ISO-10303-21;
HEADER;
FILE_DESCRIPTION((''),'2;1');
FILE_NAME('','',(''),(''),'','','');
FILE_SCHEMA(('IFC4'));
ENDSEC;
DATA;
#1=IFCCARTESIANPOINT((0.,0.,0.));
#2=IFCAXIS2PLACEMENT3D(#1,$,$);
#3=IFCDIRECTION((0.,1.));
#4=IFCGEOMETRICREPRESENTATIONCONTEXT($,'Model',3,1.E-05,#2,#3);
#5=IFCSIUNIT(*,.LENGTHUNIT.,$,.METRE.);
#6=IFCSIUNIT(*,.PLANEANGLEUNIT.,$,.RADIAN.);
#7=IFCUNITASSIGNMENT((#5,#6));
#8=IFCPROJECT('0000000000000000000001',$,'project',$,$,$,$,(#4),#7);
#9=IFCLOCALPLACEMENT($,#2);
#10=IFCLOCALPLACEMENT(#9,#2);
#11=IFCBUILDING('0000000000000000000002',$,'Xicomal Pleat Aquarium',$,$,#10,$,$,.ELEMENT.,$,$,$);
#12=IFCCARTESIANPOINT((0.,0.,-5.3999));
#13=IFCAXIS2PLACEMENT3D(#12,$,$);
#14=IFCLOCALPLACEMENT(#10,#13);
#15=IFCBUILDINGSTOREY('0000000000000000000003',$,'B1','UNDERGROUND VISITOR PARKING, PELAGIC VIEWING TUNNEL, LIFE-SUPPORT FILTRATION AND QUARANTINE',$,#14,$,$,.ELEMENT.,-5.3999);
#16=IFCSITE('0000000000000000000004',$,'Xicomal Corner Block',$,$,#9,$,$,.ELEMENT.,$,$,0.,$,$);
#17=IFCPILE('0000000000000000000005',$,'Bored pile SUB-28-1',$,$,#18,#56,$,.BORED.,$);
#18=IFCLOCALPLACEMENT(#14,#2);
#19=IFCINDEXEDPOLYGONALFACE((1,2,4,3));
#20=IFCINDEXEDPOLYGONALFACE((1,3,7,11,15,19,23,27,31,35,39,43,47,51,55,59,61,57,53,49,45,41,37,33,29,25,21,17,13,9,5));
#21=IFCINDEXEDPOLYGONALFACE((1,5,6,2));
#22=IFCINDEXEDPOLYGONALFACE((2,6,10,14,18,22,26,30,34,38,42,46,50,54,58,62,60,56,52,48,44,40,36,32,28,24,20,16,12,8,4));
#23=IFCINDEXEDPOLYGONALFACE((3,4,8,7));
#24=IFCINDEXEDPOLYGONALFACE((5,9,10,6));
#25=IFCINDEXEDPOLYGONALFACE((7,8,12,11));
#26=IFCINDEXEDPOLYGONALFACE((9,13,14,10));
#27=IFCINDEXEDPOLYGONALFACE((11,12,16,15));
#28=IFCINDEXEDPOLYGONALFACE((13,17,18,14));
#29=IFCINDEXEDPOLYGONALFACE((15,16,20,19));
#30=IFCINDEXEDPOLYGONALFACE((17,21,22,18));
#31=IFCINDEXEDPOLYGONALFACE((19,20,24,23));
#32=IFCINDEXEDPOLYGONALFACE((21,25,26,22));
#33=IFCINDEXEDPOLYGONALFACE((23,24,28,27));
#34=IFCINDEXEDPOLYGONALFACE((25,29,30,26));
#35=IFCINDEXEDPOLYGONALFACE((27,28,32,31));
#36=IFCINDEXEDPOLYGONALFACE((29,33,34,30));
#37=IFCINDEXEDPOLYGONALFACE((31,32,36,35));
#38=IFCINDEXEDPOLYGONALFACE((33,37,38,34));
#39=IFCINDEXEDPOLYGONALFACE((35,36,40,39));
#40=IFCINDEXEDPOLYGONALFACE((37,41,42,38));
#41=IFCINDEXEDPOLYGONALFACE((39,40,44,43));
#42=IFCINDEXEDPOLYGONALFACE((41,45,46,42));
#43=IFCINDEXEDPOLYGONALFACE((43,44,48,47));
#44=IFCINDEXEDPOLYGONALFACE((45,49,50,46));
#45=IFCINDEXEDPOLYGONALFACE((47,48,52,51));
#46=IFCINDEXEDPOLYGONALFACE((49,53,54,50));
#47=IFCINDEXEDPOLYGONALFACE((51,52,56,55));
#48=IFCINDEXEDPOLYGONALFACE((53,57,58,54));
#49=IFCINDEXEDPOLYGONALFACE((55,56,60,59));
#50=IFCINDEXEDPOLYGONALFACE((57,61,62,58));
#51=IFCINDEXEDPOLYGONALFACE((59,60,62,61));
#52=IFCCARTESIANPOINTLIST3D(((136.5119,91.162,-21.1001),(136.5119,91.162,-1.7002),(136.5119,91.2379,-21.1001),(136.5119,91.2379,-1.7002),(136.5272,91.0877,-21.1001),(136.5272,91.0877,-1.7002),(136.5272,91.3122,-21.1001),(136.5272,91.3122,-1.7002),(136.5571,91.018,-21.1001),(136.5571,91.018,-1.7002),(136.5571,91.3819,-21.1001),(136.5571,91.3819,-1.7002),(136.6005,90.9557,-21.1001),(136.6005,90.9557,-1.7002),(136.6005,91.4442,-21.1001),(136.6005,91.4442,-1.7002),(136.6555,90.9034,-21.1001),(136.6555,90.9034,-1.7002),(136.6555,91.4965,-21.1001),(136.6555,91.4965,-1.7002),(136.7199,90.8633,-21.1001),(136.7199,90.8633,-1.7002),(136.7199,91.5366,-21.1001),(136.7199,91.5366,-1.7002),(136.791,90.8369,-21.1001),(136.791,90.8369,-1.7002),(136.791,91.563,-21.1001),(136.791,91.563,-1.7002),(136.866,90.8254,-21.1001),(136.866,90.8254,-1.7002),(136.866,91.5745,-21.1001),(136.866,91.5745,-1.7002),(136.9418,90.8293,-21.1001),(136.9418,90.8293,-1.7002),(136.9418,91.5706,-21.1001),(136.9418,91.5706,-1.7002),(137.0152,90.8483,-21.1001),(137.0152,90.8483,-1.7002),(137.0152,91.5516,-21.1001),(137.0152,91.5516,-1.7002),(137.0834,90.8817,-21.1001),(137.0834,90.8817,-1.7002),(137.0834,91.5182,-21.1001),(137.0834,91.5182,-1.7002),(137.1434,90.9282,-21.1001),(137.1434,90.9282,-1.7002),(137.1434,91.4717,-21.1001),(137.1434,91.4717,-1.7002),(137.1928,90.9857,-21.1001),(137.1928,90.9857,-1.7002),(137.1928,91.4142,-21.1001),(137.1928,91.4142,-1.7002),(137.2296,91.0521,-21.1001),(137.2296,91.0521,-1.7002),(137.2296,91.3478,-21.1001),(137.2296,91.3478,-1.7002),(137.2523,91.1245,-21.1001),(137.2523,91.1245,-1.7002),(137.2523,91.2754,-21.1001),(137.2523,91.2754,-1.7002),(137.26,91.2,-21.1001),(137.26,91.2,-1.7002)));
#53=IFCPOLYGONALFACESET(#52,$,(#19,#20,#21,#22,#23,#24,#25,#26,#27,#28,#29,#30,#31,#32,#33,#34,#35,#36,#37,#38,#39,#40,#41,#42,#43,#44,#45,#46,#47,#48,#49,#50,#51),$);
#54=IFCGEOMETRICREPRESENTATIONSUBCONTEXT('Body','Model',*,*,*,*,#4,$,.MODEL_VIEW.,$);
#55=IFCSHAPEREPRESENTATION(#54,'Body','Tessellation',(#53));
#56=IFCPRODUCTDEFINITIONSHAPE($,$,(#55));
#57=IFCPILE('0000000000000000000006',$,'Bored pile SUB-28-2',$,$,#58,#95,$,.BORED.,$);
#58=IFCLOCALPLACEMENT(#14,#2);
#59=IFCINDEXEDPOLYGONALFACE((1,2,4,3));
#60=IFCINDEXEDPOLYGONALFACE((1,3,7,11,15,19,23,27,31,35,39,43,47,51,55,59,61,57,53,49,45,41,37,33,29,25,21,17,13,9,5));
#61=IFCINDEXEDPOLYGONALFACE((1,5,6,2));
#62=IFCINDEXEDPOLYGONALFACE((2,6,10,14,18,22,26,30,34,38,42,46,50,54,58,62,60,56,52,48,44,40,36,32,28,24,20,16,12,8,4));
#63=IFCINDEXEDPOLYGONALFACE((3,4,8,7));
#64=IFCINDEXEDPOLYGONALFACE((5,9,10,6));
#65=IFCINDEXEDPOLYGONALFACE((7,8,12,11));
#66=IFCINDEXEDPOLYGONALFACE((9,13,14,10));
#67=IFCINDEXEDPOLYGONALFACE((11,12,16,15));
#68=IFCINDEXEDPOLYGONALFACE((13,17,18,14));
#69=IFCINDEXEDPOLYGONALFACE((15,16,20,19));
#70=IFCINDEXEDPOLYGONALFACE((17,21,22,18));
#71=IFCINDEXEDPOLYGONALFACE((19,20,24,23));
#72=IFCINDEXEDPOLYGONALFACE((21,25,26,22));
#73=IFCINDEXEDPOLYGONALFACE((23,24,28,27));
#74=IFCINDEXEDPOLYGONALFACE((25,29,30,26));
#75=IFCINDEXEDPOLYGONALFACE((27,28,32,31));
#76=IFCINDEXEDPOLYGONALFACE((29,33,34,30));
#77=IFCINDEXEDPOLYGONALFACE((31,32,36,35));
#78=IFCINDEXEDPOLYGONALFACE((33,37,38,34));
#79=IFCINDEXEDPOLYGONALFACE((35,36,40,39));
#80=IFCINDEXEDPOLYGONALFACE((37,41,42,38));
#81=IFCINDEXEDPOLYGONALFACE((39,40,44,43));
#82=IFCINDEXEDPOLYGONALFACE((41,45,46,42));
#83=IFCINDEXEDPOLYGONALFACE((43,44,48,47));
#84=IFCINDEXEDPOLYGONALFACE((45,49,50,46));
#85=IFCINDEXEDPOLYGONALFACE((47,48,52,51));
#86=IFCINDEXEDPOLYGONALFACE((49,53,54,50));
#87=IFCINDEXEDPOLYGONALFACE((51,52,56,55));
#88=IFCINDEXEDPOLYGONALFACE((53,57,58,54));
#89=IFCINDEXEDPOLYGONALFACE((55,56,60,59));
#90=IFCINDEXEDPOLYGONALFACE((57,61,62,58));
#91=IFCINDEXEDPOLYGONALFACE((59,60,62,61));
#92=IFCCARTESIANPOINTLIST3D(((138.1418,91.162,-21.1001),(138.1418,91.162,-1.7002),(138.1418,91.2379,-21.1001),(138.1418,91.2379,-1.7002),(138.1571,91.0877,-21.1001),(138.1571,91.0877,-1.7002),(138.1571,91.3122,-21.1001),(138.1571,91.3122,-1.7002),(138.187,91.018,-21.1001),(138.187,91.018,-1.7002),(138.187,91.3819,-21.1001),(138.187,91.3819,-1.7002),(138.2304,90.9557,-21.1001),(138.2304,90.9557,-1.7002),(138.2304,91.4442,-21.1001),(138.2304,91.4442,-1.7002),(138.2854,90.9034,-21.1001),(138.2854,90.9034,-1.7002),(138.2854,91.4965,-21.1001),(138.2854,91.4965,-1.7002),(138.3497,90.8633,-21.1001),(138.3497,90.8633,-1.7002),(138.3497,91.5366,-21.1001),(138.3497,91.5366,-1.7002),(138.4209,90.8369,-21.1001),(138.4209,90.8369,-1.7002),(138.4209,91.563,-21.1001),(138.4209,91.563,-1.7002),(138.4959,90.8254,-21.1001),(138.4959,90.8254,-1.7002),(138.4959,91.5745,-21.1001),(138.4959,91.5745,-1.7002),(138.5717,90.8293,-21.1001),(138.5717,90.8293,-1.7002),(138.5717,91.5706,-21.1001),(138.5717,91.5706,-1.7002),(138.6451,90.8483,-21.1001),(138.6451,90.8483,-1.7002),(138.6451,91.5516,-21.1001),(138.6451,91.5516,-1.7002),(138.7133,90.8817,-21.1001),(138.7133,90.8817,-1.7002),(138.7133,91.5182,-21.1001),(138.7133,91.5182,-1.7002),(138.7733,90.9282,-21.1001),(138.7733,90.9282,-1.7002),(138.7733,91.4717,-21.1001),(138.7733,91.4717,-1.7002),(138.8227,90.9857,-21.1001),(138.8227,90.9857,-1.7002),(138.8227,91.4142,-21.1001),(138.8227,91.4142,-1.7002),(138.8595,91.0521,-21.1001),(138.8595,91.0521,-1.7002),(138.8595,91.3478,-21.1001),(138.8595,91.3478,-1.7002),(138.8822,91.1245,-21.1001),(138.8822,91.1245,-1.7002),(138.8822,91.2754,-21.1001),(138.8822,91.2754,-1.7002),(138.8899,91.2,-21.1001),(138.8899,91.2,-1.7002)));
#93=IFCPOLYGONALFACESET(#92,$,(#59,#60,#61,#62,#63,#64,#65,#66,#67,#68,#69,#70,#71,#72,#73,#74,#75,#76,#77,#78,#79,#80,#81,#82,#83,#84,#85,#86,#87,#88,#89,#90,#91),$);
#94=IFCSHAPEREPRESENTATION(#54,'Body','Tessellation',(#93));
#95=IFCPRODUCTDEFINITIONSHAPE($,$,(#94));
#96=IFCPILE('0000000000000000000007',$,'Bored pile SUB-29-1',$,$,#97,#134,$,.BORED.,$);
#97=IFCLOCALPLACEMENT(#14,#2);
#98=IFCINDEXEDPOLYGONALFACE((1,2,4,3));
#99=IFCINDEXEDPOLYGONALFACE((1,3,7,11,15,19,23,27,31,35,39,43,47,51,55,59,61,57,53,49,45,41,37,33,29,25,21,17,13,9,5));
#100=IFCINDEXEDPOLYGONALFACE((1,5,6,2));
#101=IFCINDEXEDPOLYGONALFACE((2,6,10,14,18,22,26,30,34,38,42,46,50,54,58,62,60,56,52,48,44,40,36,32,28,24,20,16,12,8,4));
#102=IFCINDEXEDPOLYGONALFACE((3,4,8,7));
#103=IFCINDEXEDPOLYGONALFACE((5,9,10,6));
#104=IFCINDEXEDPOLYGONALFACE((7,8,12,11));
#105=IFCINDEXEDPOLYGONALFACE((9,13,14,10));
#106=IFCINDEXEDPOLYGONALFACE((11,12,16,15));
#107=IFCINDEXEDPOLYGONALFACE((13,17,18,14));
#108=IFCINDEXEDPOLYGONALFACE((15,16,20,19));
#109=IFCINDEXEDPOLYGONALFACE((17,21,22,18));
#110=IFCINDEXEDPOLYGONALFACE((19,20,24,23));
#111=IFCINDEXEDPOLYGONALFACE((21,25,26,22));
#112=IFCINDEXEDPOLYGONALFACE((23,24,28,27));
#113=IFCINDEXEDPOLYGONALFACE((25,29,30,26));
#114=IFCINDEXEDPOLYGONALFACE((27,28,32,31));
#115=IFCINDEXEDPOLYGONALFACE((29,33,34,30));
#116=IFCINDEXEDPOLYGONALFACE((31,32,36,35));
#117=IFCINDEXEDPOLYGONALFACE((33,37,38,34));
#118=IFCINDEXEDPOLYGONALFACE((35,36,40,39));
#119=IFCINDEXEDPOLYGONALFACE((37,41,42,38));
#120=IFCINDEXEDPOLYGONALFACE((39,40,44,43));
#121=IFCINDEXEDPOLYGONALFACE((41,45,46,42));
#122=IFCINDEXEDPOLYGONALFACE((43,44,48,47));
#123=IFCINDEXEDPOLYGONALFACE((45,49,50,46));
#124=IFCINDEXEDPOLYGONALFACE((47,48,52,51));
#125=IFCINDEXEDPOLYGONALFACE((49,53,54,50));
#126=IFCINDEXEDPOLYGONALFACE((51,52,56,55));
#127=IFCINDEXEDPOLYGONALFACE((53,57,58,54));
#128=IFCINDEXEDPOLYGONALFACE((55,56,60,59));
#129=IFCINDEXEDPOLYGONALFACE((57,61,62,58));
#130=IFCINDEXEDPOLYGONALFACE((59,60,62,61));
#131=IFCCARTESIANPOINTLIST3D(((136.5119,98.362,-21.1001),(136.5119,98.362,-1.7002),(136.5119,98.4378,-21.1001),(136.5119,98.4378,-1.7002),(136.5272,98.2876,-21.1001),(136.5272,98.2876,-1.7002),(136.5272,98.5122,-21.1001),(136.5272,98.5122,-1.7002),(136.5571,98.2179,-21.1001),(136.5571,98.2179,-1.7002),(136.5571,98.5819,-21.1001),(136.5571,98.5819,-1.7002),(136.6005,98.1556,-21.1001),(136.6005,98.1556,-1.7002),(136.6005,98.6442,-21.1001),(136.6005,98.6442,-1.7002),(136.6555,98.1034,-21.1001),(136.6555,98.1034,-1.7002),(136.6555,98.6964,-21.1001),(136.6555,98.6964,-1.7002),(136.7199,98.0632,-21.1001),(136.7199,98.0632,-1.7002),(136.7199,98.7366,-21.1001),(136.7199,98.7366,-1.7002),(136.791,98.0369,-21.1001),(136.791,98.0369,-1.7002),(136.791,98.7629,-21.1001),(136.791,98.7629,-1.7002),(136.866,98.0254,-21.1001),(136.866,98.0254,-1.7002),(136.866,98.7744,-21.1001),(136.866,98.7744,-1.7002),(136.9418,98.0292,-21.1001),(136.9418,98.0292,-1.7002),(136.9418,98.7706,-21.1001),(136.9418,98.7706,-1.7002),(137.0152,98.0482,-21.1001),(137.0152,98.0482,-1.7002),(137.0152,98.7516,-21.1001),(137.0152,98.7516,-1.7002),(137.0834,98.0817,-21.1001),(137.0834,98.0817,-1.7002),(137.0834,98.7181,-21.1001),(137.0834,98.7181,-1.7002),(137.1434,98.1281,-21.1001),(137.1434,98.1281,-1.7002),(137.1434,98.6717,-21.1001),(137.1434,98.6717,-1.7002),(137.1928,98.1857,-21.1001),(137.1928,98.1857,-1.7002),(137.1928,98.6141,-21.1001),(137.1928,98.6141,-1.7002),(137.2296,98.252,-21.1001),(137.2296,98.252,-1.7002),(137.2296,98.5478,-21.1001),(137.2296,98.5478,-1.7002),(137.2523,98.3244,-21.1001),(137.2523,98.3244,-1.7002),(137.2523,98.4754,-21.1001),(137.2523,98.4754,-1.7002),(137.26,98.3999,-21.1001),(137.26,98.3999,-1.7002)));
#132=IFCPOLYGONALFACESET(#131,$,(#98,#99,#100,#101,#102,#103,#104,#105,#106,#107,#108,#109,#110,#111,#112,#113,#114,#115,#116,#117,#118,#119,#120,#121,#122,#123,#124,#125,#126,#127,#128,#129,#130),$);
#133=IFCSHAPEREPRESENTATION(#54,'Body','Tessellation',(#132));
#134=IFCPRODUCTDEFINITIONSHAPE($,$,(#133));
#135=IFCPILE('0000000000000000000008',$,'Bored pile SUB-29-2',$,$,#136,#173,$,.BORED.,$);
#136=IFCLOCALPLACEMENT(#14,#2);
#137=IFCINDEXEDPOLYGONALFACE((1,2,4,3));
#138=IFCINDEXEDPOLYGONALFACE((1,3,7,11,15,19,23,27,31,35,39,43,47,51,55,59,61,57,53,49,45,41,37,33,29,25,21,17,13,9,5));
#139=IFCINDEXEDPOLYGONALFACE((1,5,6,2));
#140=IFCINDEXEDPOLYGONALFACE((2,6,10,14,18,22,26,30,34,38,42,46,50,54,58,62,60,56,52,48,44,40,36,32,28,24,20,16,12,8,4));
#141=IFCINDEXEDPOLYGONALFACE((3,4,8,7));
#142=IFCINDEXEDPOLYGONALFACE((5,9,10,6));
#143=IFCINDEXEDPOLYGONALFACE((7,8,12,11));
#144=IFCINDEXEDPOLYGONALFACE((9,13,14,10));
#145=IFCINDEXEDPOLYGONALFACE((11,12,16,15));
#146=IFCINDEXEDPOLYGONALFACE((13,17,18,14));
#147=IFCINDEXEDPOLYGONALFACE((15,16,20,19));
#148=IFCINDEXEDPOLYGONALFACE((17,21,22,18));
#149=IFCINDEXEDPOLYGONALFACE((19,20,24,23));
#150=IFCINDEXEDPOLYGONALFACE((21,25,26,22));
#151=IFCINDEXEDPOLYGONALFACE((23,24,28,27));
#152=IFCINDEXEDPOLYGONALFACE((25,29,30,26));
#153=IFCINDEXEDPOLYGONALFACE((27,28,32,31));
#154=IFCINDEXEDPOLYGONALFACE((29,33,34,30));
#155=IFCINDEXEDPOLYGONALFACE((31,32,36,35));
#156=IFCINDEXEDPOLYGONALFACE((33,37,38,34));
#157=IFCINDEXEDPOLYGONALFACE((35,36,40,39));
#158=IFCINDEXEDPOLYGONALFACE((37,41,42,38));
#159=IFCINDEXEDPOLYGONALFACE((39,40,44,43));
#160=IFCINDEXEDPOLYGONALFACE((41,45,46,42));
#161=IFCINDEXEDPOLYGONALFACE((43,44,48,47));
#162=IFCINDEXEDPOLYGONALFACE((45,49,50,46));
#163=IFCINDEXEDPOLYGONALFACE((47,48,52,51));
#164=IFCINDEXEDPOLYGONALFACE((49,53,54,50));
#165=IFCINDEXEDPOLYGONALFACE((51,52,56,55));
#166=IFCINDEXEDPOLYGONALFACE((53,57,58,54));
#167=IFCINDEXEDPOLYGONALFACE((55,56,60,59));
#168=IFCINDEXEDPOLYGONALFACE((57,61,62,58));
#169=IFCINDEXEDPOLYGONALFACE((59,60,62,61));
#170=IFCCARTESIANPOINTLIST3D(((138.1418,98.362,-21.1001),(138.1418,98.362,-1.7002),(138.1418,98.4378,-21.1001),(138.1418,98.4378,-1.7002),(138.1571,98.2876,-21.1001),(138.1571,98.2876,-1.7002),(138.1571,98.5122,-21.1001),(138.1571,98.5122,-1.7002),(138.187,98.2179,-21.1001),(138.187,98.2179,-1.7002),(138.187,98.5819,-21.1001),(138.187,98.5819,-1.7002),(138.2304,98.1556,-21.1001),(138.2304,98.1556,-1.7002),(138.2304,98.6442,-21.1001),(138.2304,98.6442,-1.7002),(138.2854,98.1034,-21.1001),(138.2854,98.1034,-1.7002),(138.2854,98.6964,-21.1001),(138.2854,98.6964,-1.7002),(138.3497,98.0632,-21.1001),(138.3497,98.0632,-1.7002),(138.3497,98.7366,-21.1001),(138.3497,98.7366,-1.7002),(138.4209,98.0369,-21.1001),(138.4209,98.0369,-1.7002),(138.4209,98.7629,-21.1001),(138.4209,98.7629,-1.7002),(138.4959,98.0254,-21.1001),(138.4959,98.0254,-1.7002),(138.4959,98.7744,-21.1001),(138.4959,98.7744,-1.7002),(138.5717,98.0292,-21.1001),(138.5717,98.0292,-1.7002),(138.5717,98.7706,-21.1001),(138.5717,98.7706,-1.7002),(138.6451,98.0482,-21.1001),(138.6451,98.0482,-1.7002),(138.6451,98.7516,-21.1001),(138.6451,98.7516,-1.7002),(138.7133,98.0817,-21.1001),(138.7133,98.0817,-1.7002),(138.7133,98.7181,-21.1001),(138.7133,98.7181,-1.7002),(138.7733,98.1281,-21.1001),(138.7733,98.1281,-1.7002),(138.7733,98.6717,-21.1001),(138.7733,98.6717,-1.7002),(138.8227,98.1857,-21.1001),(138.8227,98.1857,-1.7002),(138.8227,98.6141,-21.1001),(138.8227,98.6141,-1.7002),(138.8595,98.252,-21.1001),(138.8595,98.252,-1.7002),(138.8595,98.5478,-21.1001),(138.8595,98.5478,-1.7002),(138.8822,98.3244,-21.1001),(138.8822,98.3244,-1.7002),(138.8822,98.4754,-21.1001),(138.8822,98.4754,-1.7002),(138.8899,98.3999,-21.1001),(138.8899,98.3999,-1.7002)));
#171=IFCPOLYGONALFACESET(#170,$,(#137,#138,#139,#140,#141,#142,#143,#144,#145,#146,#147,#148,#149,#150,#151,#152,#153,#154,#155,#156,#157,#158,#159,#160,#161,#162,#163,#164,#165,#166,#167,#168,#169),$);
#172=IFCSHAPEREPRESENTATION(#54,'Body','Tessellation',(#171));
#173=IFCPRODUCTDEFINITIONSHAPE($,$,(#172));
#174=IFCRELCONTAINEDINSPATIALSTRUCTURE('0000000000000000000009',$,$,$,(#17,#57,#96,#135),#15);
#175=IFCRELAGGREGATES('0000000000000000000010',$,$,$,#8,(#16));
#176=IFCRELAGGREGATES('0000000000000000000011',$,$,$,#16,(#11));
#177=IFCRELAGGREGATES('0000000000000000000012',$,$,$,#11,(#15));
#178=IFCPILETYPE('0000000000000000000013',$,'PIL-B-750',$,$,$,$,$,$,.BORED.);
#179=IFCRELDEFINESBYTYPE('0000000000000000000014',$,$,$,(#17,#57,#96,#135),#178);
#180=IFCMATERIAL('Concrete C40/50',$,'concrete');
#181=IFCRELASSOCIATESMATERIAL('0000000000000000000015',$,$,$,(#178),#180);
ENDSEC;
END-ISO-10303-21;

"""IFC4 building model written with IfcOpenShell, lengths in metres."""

from ifc_helpers import new_model, si_unit, direction, frame, origin, origin_2d, place, context, subcontext, project, spatial, circle, extrude, material, material_profile, profile_set, type_object, element, save


model = new_model("IFC4")

# Units and contexts
model_context = context("Model", 3, precision=1e-05, world=origin(), true_north=direction((0.0, 1.0)))
body_context = subcontext(model_context, "Body", "Model", "MODEL_VIEW")
ifc_project = project(units=[si_unit("LENGTHUNIT", "METRE"), si_unit("PLANEANGLEUNIT", "RADIAN")], contexts=[model_context])

# Site, building, storey
site_placement = place(None, origin())
site = spatial("IfcSite", under=ifc_project, at=site_placement, Name="Xicomal Corner Block", CompositionType="ELEMENT", RefElevation=0.0)
building_placement = place(site_placement, origin())
building = spatial("IfcBuilding", under=site, at=building_placement, Name="Xicomal Pleat Aquarium", CompositionType="ELEMENT")
storey_placement = place(building_placement, frame((0.0, 0.0, -5.3999)))
storey = spatial("IfcBuildingStorey", under=building, at=storey_placement, Name="B1", Description="UNDERGROUND VISITOR PARKING, PELAGIC VIEWING TUNNEL, LIFE-SUPPORT FILTRATION AND QUARANTINE", CompositionType="ELEMENT", Elevation=-5.3999)

# Piles
ifc_material_1 = material(Name="Concrete C40/50", Category="concrete")
ifc_material_profile_1 = material_profile(ifc_material_1, circle(Radius=0.375, at=origin_2d()), Name="BORED PILE D750")
ifc_profile_set_1 = profile_set([ifc_material_profile_1], Name="Concrete C40/50")
pile_type_1 = type_object("IfcPileType", Name="PIL-B-750", PredefinedType="BORED", material=ifc_profile_set_1)
for number, where, z_axis, x_axis, name in (
    (1, (136.885, 91.2, -1.7002), (0.0, 0.0, -1.0), (1.0, 0.0, 0.0), "Bored pile SUB-28-1"),
    (2, (138.5149, 91.2, -1.7002), (0.0, 0.0, -1.0), (1.0, 0.0, 0.0), "Bored pile SUB-28-2"),
    (3, (136.885, 98.3999, -1.7002), (0.0, 0.0, -1.0), (1.0, 0.0, 0.0), "Bored pile SUB-29-1"),
    (4, (138.5149, 98.3999, -1.7002), (0.0, 0.0, -1.0), (1.0, 0.0, 0.0), "Bored pile SUB-29-2"),
):
    element("IfcPile", number, at=place(storey_placement, frame(where, z_axis=z_axis, x_axis=x_axis)), inside=storey, type_object=pile_type_1, Name=name, PredefinedType="BORED", context=body_context, shape_type="SweptSolid", body=[
        extrude(circle(Radius=0.375, at=origin_2d()), origin(), (0.0, 0.0, 1.0), 19.3999),
    ])

save(model, "model.ifc")
